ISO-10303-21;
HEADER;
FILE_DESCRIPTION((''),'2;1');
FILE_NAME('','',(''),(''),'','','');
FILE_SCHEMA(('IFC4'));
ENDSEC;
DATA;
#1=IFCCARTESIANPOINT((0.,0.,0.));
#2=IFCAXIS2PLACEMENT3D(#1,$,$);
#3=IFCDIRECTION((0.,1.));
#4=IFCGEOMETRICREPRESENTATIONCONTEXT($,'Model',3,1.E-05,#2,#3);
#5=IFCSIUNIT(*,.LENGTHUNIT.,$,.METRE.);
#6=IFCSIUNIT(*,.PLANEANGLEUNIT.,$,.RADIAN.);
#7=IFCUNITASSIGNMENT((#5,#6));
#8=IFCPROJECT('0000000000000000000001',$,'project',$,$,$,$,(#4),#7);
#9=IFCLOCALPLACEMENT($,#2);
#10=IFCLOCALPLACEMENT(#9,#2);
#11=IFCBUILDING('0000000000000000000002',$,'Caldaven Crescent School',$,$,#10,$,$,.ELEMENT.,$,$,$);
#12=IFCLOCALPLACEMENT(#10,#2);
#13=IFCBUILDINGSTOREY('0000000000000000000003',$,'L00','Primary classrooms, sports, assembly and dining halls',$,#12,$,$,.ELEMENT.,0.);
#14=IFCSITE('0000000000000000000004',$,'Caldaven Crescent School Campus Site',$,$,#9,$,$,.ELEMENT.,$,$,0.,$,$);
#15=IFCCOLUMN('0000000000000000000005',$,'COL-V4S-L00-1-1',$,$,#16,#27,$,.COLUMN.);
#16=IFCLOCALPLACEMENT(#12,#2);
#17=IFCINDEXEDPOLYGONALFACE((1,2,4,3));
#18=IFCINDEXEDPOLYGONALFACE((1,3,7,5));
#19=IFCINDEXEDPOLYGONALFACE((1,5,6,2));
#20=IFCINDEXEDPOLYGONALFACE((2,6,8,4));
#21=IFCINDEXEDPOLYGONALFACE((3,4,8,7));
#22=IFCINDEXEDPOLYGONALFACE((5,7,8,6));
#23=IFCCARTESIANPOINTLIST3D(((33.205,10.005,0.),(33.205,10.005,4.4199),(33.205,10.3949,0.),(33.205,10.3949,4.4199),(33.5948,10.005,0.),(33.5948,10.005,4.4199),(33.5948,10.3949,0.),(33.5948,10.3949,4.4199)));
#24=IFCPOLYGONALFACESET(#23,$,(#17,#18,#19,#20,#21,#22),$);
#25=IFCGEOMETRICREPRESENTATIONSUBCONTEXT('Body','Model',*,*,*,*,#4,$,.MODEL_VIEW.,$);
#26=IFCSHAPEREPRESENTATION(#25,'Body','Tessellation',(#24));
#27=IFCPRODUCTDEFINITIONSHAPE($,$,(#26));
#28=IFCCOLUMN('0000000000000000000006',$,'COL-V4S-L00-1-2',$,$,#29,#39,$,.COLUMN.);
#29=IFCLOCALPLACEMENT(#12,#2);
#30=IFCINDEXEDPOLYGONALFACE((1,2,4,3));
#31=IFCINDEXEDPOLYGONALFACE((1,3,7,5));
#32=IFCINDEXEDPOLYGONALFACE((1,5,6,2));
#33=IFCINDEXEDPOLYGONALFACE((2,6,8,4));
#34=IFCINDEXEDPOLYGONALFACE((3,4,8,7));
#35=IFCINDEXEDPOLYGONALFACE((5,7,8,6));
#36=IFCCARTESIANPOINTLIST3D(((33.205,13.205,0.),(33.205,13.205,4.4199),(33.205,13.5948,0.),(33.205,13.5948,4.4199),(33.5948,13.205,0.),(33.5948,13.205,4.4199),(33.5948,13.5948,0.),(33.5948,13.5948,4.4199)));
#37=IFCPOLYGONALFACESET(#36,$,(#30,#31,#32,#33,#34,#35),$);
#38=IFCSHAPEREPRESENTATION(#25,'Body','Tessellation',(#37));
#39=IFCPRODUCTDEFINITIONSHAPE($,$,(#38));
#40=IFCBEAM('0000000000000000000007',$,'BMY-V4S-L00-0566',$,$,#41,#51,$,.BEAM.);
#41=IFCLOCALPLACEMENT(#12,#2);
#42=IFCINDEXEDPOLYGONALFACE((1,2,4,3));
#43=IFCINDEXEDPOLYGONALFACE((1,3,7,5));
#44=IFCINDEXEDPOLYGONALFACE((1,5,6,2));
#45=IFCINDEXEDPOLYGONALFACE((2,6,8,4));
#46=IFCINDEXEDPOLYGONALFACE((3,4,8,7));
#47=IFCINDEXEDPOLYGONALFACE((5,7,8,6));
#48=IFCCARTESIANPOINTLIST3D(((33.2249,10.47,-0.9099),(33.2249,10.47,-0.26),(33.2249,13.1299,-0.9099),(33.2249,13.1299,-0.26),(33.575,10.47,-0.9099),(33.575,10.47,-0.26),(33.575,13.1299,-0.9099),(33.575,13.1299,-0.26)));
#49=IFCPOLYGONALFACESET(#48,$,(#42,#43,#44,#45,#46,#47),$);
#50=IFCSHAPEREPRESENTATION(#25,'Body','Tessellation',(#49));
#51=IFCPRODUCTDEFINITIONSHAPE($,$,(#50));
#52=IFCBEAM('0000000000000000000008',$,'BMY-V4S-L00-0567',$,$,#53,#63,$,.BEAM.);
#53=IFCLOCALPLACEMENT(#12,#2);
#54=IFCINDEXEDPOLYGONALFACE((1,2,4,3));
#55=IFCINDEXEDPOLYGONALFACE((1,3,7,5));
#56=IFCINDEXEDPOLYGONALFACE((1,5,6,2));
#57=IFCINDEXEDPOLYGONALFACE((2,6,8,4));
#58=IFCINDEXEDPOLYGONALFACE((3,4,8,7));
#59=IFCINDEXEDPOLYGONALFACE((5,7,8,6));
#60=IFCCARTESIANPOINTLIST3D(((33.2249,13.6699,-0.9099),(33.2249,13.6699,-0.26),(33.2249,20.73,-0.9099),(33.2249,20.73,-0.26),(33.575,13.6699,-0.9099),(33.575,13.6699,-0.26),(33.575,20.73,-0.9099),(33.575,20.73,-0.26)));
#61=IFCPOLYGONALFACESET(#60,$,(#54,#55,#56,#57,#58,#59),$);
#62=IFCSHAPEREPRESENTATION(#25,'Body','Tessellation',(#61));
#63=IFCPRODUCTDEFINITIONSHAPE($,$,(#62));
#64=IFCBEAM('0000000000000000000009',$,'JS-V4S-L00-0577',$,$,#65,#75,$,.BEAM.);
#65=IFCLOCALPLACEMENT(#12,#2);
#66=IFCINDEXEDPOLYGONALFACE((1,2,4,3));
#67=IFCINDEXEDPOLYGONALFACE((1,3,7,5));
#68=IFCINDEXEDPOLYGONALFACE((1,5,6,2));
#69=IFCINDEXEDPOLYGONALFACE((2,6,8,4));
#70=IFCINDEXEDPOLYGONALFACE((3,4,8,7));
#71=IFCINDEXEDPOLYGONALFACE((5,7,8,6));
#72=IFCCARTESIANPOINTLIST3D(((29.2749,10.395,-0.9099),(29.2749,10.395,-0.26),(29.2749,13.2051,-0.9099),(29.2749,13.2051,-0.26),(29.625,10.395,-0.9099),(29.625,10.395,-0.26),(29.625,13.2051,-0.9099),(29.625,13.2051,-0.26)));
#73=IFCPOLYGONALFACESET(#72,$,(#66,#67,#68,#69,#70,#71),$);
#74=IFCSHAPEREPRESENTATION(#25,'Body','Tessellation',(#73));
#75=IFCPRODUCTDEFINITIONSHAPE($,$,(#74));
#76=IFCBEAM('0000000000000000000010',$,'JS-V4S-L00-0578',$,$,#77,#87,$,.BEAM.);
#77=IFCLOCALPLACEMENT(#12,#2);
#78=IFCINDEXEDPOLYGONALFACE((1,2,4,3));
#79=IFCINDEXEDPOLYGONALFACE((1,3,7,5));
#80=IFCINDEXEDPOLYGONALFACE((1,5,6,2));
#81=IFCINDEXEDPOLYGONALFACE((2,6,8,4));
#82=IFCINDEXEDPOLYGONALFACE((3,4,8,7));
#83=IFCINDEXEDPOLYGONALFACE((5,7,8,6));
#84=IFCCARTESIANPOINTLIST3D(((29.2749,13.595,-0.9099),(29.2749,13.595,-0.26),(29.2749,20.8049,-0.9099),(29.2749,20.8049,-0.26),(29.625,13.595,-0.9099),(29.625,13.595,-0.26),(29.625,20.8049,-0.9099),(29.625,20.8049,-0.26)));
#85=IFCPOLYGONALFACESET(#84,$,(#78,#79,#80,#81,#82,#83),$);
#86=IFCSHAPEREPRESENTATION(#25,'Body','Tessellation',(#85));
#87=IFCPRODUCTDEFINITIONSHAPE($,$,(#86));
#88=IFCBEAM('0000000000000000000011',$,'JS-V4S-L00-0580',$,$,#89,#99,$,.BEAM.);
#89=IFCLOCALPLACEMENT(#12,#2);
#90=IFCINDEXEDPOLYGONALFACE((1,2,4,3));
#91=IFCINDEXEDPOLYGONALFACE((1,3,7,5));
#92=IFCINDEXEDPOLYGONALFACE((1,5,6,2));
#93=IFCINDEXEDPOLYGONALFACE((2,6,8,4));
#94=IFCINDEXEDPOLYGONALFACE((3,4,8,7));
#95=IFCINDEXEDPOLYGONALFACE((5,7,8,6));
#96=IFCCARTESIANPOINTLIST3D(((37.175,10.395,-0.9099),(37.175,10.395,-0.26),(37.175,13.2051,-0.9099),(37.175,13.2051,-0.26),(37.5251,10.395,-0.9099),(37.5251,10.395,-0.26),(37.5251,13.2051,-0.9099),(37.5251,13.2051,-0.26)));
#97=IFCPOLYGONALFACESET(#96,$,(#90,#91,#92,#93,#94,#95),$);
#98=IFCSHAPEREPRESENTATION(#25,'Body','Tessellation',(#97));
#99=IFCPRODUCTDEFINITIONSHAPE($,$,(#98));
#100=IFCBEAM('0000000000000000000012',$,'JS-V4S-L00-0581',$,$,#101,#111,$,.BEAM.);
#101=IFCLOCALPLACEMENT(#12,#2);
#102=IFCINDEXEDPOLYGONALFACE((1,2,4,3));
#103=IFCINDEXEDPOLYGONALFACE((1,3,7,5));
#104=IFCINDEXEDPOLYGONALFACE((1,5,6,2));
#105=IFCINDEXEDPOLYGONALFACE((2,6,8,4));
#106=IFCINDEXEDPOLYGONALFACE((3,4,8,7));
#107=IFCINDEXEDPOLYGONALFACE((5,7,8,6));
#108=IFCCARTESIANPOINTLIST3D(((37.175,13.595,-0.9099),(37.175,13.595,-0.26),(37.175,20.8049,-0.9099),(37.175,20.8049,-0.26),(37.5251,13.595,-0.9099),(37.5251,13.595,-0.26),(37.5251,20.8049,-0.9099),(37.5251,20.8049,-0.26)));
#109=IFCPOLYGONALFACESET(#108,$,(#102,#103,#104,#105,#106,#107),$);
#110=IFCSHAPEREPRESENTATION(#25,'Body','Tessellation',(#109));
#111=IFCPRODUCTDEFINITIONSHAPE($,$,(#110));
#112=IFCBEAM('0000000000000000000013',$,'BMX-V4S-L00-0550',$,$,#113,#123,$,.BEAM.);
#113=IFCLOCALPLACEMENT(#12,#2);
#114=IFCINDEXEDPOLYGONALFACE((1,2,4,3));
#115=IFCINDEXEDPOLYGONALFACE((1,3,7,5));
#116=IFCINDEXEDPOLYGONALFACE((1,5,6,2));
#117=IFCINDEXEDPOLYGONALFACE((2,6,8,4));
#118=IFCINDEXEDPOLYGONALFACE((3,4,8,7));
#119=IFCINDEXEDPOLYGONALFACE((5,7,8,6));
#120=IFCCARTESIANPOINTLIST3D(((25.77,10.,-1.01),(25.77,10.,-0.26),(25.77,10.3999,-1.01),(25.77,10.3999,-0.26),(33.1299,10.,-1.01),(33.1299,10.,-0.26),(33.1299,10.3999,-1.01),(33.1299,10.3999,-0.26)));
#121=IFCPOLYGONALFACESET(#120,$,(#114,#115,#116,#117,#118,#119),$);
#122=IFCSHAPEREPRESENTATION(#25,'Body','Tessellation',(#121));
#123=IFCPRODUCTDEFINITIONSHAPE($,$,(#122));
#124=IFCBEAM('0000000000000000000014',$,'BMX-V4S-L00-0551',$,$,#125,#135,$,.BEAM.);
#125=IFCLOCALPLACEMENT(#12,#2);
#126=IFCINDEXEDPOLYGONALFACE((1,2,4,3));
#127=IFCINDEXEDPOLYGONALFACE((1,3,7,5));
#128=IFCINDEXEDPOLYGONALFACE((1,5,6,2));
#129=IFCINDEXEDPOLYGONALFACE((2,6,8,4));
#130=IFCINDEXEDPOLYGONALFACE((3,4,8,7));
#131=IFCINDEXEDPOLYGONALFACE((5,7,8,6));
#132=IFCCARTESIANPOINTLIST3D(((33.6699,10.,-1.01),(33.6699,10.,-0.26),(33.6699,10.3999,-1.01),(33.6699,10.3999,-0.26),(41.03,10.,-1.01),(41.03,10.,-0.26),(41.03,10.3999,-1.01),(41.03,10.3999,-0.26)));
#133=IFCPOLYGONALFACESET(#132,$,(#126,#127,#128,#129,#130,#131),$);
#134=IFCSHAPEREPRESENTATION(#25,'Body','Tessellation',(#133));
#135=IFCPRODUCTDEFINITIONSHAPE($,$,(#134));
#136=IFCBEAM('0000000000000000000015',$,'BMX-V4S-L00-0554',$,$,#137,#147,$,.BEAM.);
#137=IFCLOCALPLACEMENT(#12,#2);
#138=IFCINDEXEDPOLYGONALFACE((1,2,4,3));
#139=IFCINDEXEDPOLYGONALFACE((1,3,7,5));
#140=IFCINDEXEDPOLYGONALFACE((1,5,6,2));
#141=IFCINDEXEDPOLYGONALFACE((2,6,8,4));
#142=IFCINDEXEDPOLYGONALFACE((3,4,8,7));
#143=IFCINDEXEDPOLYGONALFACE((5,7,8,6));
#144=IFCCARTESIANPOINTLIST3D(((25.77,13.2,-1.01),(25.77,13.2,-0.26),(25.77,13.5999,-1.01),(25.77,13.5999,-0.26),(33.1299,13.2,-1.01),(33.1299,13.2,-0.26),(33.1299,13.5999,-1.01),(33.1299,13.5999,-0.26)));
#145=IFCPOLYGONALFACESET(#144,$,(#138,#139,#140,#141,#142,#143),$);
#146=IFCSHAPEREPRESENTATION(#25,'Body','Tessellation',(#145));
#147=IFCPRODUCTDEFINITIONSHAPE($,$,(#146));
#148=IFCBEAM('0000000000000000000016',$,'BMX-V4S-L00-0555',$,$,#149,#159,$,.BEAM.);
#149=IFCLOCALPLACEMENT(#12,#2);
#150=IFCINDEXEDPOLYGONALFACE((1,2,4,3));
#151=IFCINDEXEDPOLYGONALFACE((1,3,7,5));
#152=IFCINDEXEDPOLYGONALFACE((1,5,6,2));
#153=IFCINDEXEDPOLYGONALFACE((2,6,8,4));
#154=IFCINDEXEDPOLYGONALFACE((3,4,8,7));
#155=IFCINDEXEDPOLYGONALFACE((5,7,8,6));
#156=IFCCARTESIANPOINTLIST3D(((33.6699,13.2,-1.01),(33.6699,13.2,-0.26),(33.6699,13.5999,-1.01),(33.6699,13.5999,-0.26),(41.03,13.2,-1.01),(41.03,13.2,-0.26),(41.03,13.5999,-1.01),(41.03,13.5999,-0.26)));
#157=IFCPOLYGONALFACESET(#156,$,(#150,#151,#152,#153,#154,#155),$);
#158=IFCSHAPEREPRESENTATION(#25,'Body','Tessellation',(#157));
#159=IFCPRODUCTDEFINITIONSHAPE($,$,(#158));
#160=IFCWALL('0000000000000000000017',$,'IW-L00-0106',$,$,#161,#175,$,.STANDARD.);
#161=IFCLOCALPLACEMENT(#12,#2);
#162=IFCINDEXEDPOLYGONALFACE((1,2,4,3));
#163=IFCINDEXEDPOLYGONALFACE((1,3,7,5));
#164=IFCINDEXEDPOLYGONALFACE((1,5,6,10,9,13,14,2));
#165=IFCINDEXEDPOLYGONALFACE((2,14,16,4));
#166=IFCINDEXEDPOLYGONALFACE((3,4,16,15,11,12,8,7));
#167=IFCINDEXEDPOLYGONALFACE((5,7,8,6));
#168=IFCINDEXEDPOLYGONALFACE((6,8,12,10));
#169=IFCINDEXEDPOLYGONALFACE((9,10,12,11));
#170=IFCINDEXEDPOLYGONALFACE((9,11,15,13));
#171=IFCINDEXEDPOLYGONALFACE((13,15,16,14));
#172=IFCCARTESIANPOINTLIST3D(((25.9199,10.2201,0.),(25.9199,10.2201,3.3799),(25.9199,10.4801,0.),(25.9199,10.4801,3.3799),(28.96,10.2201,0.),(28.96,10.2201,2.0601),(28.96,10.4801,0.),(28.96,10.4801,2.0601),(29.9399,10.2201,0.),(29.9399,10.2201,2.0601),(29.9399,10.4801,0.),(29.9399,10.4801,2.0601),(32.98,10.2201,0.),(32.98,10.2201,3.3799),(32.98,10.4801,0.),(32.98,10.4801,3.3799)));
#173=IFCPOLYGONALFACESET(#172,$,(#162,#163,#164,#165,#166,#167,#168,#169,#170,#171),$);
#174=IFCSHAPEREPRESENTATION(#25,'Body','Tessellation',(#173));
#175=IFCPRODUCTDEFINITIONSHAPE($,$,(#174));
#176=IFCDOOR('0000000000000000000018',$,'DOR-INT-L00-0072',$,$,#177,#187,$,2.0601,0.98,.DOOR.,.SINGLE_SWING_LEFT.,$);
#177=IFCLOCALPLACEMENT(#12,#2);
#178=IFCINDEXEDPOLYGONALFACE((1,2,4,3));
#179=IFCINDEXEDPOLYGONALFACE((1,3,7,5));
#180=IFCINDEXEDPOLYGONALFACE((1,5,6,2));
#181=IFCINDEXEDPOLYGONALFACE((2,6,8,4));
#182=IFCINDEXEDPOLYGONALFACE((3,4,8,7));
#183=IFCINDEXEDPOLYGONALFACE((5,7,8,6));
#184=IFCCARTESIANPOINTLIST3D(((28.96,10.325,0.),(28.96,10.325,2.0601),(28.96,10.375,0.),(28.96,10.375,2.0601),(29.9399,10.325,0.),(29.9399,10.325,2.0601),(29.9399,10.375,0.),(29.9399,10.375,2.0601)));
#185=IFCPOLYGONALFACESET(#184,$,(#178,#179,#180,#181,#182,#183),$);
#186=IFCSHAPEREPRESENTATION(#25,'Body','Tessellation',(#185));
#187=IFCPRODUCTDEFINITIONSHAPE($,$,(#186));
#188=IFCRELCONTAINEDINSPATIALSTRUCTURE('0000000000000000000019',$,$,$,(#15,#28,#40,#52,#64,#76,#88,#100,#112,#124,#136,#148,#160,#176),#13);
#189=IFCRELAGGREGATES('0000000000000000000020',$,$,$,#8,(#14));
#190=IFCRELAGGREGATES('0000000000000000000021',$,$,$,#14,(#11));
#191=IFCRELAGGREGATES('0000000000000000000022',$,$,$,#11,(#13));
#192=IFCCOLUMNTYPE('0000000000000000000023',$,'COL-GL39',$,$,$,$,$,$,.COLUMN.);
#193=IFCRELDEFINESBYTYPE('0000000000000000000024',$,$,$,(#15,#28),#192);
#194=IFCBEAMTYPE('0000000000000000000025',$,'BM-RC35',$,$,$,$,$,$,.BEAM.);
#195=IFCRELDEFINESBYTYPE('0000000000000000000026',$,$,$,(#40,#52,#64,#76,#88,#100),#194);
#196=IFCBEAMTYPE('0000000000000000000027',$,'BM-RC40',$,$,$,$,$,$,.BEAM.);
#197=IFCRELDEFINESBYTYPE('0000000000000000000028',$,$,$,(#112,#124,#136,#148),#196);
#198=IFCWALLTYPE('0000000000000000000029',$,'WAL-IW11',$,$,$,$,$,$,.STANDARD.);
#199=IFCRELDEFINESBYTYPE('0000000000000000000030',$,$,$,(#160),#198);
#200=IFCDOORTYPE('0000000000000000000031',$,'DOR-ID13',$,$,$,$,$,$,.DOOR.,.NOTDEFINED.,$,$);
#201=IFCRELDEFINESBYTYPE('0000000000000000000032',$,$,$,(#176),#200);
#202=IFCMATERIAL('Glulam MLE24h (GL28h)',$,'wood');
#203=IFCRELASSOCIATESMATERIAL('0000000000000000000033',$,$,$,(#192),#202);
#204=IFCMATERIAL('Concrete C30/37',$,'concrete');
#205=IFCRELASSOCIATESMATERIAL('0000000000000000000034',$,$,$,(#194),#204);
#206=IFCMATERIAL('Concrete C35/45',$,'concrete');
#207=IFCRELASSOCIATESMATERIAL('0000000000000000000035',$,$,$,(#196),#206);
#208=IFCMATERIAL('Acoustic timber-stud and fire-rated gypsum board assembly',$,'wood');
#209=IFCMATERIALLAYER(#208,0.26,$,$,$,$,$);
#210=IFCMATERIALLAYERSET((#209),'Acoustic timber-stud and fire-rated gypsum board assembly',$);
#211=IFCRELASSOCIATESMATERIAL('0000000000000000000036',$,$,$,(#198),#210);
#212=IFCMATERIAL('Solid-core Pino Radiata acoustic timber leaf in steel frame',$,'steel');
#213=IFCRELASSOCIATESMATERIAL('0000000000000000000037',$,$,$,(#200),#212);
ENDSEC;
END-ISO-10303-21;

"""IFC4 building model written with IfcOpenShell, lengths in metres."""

from ifc_helpers import new_model, si_unit, direction, frame, frame_2d, origin, origin_2d, place, context, subcontext, project, spatial, rectangle, extrude, material, layer, layer_set, material_profile, profile_set, type_object, element, fill, save


model = new_model("IFC4")

# Units and contexts
model_context = context("Model", 3, precision=1e-05, world=origin(), true_north=direction((0.0, 1.0)))
body_context = subcontext(model_context, "Body", "Model", "MODEL_VIEW")
ifc_project = project(units=[si_unit("LENGTHUNIT", "METRE"), si_unit("PLANEANGLEUNIT", "RADIAN")], contexts=[model_context])

# Site, building, storey
site_placement = place(None, origin())
site = spatial("IfcSite", under=ifc_project, at=site_placement, Name="Caldaven Crescent School Campus Site", CompositionType="ELEMENT", RefElevation=0.0)
building_placement = place(site_placement, origin())
building = spatial("IfcBuilding", under=site, at=building_placement, Name="Caldaven Crescent School", CompositionType="ELEMENT")
storey_placement = place(building_placement, origin())
storey = spatial("IfcBuildingStorey", under=building, at=storey_placement, Name="L00", Description="Primary classrooms, sports, assembly and dining halls", CompositionType="ELEMENT", Elevation=0.0)

# Columns
ifc_material_1 = material(Name="Glulam MLE24h (GL28h)", Category="wood")
ifc_material_profile_1 = material_profile(ifc_material_1, rectangle(XDim=0.3899, YDim=0.3899, at=origin_2d()), Name="MLE 390x390")
ifc_profile_set_1 = profile_set([ifc_material_profile_1], Name="Glulam MLE24h (GL28h)")
column_type = type_object("IfcColumnType", Name="COL-GL39", PredefinedType="COLUMN", material=ifc_profile_set_1)
for number, where, z_axis, x_axis, name in (
    (1, (33.3999, 10.2, 0.0), (0.0, 0.0, 1.0), (1.0, 0.0, 0.0), "COL-V4S-L00-1-1"),
    (2, (33.3999, 13.3999, 0.0), (0.0, 0.0, 1.0), (1.0, 0.0, 0.0), "COL-V4S-L00-1-2"),
):
    element("IfcColumn", number, at=place(storey_placement, frame(where, z_axis=z_axis, x_axis=x_axis)), inside=storey, type_object=column_type, Name=name, PredefinedType="COLUMN", context=body_context, shape_type="SweptSolid", body=[
        extrude(rectangle(XDim=0.3899, YDim=0.3899, at=origin_2d()), origin(), (0.0, 0.0, 1.0), 4.4199),
    ])

# Beams
ifc_material_2 = material(Name="Concrete C30/37", Category="concrete")
ifc_material_profile_2 = material_profile(ifc_material_2, rectangle(XDim=0.3501, YDim=0.6499, at=origin_2d()), Name="RC 350x650")
ifc_profile_set_2 = profile_set([ifc_material_profile_2], Name="Concrete C30/37")
beam_type_1 = type_object("IfcBeamType", Name="BM-RC35", PredefinedType="BEAM", material=ifc_profile_set_2)
beam_1_placement = place(storey_placement, frame((33.3999, 10.47, -0.585), z_axis=(0.0, 1.0, 0.0), x_axis=(-1.0, 0.0, 0.0)))
element("IfcBeam", 3, at=beam_1_placement, inside=storey, type_object=beam_type_1, Name="BMY-V4S-L00-0566", PredefinedType="BEAM", context=body_context, shape_type="SweptSolid", body=[
    extrude(rectangle(XDim=0.3501, YDim=0.6499, at=origin_2d()), origin(), (0.0, 0.0, 1.0), 2.6599),
])
beam_2_placement = place(storey_placement, frame((33.3999, 13.6699, -0.585), z_axis=(0.0, 1.0, 0.0), x_axis=(-1.0, 0.0, 0.0)))
element("IfcBeam", 4, at=beam_2_placement, inside=storey, type_object=beam_type_1, Name="BMY-V4S-L00-0567", PredefinedType="BEAM", context=body_context, shape_type="SweptSolid", body=[
    extrude(rectangle(XDim=0.3501, YDim=0.6499, at=origin_2d()), origin(), (0.0, 0.0, 1.0), 7.0601),
])
beam_3_placement = place(storey_placement, frame((29.45, 10.395, -0.585), z_axis=(0.0, 1.0, 0.0), x_axis=(-1.0, 0.0, 0.0)))
element("IfcBeam", 5, at=beam_3_placement, inside=storey, type_object=beam_type_1, Name="JS-V4S-L00-0577", PredefinedType="BEAM", context=body_context, shape_type="SweptSolid", body=[
    extrude(rectangle(XDim=0.3501, YDim=0.6499, at=origin_2d()), origin(), (0.0, 0.0, 1.0), 2.8101),
])
beam_4_placement = place(storey_placement, frame((29.45, 13.595, -0.585), z_axis=(0.0, 1.0, 0.0), x_axis=(-1.0, 0.0, 0.0)))
element("IfcBeam", 6, at=beam_4_placement, inside=storey, type_object=beam_type_1, Name="JS-V4S-L00-0578", PredefinedType="BEAM", context=body_context, shape_type="SweptSolid", body=[
    extrude(rectangle(XDim=0.3501, YDim=0.6499, at=origin_2d()), origin(), (0.0, 0.0, 1.0), 7.21),
])
beam_5_placement = place(storey_placement, frame((37.3501, 10.395, -0.585), z_axis=(0.0, 1.0, 0.0), x_axis=(-1.0, 0.0, 0.0)))
element("IfcBeam", 7, at=beam_5_placement, inside=storey, type_object=beam_type_1, Name="JS-V4S-L00-0580", PredefinedType="BEAM", context=body_context, shape_type="SweptSolid", body=[
    extrude(rectangle(XDim=0.3501, YDim=0.6499, at=origin_2d()), origin(), (0.0, 0.0, 1.0), 2.8101),
])
beam_6_placement = place(storey_placement, frame((37.3501, 13.595, -0.585), z_axis=(0.0, 1.0, 0.0), x_axis=(-1.0, 0.0, 0.0)))
element("IfcBeam", 8, at=beam_6_placement, inside=storey, type_object=beam_type_1, Name="JS-V4S-L00-0581", PredefinedType="BEAM", context=body_context, shape_type="SweptSolid", body=[
    extrude(rectangle(XDim=0.3501, YDim=0.6499, at=origin_2d()), origin(), (0.0, 0.0, 1.0), 7.21),
])
ifc_material_3 = material(Name="Concrete C35/45", Category="concrete")
ifc_material_profile_3 = material_profile(ifc_material_3, rectangle(XDim=0.3999, YDim=0.75, at=origin_2d()), Name="RC 400x750")
ifc_profile_set_3 = profile_set([ifc_material_profile_3], Name="Concrete C35/45")
beam_type_2 = type_object("IfcBeamType", Name="BM-RC40", PredefinedType="BEAM", material=ifc_profile_set_3)
beam_7_placement = place(storey_placement, frame((25.77, 10.2, -0.635), z_axis=(1.0, 0.0, 0.0), x_axis=(0.0, 1.0, 0.0)))
element("IfcBeam", 9, at=beam_7_placement, inside=storey, type_object=beam_type_2, Name="BMX-V4S-L00-0550", PredefinedType="BEAM", context=body_context, shape_type="SweptSolid", body=[
    extrude(rectangle(XDim=0.3999, YDim=0.75, at=origin_2d()), origin(), (0.0, 0.0, 1.0), 7.3599),
])
beam_8_placement = place(storey_placement, frame((33.6699, 10.2, -0.635), z_axis=(1.0, 0.0, 0.0), x_axis=(0.0, 1.0, 0.0)))
element("IfcBeam", 10, at=beam_8_placement, inside=storey, type_object=beam_type_2, Name="BMX-V4S-L00-0551", PredefinedType="BEAM", context=body_context, shape_type="SweptSolid", body=[
    extrude(rectangle(XDim=0.3999, YDim=0.75, at=origin_2d()), origin(), (0.0, 0.0, 1.0), 7.3601),
])
beam_9_placement = place(storey_placement, frame((25.77, 13.3999, -0.635), z_axis=(1.0, 0.0, 0.0), x_axis=(0.0, 1.0, 0.0)))
element("IfcBeam", 11, at=beam_9_placement, inside=storey, type_object=beam_type_2, Name="BMX-V4S-L00-0554", PredefinedType="BEAM", context=body_context, shape_type="SweptSolid", body=[
    extrude(rectangle(XDim=0.3999, YDim=0.75, at=origin_2d()), origin(), (0.0, 0.0, 1.0), 7.3599),
])
beam_10_placement = place(storey_placement, frame((33.6699, 13.3999, -0.635), z_axis=(1.0, 0.0, 0.0), x_axis=(0.0, 1.0, 0.0)))
element("IfcBeam", 12, at=beam_10_placement, inside=storey, type_object=beam_type_2, Name="BMX-V4S-L00-0555", PredefinedType="BEAM", context=body_context, shape_type="SweptSolid", body=[
    extrude(rectangle(XDim=0.3999, YDim=0.75, at=origin_2d()), origin(), (0.0, 0.0, 1.0), 7.3601),
])

# Wall, opening, door
ifc_material_4 = material(Name="Acoustic timber-stud and fire-rated gypsum board assembly", Category="wood")
ifc_layer_1 = layer(ifc_material_4, 0.26)
ifc_layer_set_1 = layer_set([ifc_layer_1], Name="Acoustic timber-stud and fire-rated gypsum board assembly")
wall_type_1 = type_object("IfcWallType", Name="WAL-IW11", PredefinedType="STANDARD", material=ifc_layer_set_1)
wall_1_placement = place(storey_placement, frame((25.9199, 10.3501, 0.0), z_axis=(0.0, 0.0, 1.0), x_axis=(1.0, 0.0, 0.0)))
wall_1 = element("IfcWall", 13, at=wall_1_placement, inside=storey, type_object=wall_type_1, Name="IW-L00-0106", PredefinedType="STANDARD", context=body_context, shape_type="SweptSolid", body=[
    extrude(rectangle(XDim=7.0601, YDim=0.26, at=frame_2d((3.53, 0.0))), origin(), (0.0, 0.0, 1.0), 3.3799),
])
opening_1_placement = place(wall_1_placement, frame((3.04, 0.0, 0.0)))
opening_1 = element("IfcOpeningElement", 14, at=opening_1_placement, cuts=wall_1, PredefinedType="OPENING", context=body_context, shape_type="SweptSolid", body=[
    extrude(rectangle(XDim=0.98, YDim=2.0601, at=frame_2d((0.49, 1.03))), frame((0.0, 0.1399, 0.0), z_axis=(0.0, -1.0, 0.0), x_axis=(1.0, 0.0, 0.0)), (0.0, 0.0, 1.0), 0.28),
])
ifc_material_5 = material(Name="Solid-core Pino Radiata acoustic timber leaf in steel frame", Category="steel")
door_type_1 = type_object("IfcDoorType", Name="DOR-ID13", OperationType="NOTDEFINED", PredefinedType="DOOR", material=ifc_material_5)
door_1_placement = place(opening_1_placement, origin())
door_1 = element("IfcDoor", 15, at=door_1_placement, inside=storey, type_object=door_type_1, Name="DOR-INT-L00-0072", OperationType="SINGLE_SWING_LEFT", OverallHeight=2.0601, OverallWidth=0.98, PredefinedType="DOOR", context=body_context, shape_type="SweptSolid", body=[
    extrude(rectangle(XDim=0.98, YDim=2.0601, at=frame_2d((0.49, 1.03))), frame((0.0, 0.0249, 0.0), z_axis=(0.0, -1.0, 0.0), x_axis=(1.0, 0.0, 0.0)), (0.0, 0.0, 1.0), 0.05),
])
fill(opening_1, door_1)

save(model, "model.ifc")
